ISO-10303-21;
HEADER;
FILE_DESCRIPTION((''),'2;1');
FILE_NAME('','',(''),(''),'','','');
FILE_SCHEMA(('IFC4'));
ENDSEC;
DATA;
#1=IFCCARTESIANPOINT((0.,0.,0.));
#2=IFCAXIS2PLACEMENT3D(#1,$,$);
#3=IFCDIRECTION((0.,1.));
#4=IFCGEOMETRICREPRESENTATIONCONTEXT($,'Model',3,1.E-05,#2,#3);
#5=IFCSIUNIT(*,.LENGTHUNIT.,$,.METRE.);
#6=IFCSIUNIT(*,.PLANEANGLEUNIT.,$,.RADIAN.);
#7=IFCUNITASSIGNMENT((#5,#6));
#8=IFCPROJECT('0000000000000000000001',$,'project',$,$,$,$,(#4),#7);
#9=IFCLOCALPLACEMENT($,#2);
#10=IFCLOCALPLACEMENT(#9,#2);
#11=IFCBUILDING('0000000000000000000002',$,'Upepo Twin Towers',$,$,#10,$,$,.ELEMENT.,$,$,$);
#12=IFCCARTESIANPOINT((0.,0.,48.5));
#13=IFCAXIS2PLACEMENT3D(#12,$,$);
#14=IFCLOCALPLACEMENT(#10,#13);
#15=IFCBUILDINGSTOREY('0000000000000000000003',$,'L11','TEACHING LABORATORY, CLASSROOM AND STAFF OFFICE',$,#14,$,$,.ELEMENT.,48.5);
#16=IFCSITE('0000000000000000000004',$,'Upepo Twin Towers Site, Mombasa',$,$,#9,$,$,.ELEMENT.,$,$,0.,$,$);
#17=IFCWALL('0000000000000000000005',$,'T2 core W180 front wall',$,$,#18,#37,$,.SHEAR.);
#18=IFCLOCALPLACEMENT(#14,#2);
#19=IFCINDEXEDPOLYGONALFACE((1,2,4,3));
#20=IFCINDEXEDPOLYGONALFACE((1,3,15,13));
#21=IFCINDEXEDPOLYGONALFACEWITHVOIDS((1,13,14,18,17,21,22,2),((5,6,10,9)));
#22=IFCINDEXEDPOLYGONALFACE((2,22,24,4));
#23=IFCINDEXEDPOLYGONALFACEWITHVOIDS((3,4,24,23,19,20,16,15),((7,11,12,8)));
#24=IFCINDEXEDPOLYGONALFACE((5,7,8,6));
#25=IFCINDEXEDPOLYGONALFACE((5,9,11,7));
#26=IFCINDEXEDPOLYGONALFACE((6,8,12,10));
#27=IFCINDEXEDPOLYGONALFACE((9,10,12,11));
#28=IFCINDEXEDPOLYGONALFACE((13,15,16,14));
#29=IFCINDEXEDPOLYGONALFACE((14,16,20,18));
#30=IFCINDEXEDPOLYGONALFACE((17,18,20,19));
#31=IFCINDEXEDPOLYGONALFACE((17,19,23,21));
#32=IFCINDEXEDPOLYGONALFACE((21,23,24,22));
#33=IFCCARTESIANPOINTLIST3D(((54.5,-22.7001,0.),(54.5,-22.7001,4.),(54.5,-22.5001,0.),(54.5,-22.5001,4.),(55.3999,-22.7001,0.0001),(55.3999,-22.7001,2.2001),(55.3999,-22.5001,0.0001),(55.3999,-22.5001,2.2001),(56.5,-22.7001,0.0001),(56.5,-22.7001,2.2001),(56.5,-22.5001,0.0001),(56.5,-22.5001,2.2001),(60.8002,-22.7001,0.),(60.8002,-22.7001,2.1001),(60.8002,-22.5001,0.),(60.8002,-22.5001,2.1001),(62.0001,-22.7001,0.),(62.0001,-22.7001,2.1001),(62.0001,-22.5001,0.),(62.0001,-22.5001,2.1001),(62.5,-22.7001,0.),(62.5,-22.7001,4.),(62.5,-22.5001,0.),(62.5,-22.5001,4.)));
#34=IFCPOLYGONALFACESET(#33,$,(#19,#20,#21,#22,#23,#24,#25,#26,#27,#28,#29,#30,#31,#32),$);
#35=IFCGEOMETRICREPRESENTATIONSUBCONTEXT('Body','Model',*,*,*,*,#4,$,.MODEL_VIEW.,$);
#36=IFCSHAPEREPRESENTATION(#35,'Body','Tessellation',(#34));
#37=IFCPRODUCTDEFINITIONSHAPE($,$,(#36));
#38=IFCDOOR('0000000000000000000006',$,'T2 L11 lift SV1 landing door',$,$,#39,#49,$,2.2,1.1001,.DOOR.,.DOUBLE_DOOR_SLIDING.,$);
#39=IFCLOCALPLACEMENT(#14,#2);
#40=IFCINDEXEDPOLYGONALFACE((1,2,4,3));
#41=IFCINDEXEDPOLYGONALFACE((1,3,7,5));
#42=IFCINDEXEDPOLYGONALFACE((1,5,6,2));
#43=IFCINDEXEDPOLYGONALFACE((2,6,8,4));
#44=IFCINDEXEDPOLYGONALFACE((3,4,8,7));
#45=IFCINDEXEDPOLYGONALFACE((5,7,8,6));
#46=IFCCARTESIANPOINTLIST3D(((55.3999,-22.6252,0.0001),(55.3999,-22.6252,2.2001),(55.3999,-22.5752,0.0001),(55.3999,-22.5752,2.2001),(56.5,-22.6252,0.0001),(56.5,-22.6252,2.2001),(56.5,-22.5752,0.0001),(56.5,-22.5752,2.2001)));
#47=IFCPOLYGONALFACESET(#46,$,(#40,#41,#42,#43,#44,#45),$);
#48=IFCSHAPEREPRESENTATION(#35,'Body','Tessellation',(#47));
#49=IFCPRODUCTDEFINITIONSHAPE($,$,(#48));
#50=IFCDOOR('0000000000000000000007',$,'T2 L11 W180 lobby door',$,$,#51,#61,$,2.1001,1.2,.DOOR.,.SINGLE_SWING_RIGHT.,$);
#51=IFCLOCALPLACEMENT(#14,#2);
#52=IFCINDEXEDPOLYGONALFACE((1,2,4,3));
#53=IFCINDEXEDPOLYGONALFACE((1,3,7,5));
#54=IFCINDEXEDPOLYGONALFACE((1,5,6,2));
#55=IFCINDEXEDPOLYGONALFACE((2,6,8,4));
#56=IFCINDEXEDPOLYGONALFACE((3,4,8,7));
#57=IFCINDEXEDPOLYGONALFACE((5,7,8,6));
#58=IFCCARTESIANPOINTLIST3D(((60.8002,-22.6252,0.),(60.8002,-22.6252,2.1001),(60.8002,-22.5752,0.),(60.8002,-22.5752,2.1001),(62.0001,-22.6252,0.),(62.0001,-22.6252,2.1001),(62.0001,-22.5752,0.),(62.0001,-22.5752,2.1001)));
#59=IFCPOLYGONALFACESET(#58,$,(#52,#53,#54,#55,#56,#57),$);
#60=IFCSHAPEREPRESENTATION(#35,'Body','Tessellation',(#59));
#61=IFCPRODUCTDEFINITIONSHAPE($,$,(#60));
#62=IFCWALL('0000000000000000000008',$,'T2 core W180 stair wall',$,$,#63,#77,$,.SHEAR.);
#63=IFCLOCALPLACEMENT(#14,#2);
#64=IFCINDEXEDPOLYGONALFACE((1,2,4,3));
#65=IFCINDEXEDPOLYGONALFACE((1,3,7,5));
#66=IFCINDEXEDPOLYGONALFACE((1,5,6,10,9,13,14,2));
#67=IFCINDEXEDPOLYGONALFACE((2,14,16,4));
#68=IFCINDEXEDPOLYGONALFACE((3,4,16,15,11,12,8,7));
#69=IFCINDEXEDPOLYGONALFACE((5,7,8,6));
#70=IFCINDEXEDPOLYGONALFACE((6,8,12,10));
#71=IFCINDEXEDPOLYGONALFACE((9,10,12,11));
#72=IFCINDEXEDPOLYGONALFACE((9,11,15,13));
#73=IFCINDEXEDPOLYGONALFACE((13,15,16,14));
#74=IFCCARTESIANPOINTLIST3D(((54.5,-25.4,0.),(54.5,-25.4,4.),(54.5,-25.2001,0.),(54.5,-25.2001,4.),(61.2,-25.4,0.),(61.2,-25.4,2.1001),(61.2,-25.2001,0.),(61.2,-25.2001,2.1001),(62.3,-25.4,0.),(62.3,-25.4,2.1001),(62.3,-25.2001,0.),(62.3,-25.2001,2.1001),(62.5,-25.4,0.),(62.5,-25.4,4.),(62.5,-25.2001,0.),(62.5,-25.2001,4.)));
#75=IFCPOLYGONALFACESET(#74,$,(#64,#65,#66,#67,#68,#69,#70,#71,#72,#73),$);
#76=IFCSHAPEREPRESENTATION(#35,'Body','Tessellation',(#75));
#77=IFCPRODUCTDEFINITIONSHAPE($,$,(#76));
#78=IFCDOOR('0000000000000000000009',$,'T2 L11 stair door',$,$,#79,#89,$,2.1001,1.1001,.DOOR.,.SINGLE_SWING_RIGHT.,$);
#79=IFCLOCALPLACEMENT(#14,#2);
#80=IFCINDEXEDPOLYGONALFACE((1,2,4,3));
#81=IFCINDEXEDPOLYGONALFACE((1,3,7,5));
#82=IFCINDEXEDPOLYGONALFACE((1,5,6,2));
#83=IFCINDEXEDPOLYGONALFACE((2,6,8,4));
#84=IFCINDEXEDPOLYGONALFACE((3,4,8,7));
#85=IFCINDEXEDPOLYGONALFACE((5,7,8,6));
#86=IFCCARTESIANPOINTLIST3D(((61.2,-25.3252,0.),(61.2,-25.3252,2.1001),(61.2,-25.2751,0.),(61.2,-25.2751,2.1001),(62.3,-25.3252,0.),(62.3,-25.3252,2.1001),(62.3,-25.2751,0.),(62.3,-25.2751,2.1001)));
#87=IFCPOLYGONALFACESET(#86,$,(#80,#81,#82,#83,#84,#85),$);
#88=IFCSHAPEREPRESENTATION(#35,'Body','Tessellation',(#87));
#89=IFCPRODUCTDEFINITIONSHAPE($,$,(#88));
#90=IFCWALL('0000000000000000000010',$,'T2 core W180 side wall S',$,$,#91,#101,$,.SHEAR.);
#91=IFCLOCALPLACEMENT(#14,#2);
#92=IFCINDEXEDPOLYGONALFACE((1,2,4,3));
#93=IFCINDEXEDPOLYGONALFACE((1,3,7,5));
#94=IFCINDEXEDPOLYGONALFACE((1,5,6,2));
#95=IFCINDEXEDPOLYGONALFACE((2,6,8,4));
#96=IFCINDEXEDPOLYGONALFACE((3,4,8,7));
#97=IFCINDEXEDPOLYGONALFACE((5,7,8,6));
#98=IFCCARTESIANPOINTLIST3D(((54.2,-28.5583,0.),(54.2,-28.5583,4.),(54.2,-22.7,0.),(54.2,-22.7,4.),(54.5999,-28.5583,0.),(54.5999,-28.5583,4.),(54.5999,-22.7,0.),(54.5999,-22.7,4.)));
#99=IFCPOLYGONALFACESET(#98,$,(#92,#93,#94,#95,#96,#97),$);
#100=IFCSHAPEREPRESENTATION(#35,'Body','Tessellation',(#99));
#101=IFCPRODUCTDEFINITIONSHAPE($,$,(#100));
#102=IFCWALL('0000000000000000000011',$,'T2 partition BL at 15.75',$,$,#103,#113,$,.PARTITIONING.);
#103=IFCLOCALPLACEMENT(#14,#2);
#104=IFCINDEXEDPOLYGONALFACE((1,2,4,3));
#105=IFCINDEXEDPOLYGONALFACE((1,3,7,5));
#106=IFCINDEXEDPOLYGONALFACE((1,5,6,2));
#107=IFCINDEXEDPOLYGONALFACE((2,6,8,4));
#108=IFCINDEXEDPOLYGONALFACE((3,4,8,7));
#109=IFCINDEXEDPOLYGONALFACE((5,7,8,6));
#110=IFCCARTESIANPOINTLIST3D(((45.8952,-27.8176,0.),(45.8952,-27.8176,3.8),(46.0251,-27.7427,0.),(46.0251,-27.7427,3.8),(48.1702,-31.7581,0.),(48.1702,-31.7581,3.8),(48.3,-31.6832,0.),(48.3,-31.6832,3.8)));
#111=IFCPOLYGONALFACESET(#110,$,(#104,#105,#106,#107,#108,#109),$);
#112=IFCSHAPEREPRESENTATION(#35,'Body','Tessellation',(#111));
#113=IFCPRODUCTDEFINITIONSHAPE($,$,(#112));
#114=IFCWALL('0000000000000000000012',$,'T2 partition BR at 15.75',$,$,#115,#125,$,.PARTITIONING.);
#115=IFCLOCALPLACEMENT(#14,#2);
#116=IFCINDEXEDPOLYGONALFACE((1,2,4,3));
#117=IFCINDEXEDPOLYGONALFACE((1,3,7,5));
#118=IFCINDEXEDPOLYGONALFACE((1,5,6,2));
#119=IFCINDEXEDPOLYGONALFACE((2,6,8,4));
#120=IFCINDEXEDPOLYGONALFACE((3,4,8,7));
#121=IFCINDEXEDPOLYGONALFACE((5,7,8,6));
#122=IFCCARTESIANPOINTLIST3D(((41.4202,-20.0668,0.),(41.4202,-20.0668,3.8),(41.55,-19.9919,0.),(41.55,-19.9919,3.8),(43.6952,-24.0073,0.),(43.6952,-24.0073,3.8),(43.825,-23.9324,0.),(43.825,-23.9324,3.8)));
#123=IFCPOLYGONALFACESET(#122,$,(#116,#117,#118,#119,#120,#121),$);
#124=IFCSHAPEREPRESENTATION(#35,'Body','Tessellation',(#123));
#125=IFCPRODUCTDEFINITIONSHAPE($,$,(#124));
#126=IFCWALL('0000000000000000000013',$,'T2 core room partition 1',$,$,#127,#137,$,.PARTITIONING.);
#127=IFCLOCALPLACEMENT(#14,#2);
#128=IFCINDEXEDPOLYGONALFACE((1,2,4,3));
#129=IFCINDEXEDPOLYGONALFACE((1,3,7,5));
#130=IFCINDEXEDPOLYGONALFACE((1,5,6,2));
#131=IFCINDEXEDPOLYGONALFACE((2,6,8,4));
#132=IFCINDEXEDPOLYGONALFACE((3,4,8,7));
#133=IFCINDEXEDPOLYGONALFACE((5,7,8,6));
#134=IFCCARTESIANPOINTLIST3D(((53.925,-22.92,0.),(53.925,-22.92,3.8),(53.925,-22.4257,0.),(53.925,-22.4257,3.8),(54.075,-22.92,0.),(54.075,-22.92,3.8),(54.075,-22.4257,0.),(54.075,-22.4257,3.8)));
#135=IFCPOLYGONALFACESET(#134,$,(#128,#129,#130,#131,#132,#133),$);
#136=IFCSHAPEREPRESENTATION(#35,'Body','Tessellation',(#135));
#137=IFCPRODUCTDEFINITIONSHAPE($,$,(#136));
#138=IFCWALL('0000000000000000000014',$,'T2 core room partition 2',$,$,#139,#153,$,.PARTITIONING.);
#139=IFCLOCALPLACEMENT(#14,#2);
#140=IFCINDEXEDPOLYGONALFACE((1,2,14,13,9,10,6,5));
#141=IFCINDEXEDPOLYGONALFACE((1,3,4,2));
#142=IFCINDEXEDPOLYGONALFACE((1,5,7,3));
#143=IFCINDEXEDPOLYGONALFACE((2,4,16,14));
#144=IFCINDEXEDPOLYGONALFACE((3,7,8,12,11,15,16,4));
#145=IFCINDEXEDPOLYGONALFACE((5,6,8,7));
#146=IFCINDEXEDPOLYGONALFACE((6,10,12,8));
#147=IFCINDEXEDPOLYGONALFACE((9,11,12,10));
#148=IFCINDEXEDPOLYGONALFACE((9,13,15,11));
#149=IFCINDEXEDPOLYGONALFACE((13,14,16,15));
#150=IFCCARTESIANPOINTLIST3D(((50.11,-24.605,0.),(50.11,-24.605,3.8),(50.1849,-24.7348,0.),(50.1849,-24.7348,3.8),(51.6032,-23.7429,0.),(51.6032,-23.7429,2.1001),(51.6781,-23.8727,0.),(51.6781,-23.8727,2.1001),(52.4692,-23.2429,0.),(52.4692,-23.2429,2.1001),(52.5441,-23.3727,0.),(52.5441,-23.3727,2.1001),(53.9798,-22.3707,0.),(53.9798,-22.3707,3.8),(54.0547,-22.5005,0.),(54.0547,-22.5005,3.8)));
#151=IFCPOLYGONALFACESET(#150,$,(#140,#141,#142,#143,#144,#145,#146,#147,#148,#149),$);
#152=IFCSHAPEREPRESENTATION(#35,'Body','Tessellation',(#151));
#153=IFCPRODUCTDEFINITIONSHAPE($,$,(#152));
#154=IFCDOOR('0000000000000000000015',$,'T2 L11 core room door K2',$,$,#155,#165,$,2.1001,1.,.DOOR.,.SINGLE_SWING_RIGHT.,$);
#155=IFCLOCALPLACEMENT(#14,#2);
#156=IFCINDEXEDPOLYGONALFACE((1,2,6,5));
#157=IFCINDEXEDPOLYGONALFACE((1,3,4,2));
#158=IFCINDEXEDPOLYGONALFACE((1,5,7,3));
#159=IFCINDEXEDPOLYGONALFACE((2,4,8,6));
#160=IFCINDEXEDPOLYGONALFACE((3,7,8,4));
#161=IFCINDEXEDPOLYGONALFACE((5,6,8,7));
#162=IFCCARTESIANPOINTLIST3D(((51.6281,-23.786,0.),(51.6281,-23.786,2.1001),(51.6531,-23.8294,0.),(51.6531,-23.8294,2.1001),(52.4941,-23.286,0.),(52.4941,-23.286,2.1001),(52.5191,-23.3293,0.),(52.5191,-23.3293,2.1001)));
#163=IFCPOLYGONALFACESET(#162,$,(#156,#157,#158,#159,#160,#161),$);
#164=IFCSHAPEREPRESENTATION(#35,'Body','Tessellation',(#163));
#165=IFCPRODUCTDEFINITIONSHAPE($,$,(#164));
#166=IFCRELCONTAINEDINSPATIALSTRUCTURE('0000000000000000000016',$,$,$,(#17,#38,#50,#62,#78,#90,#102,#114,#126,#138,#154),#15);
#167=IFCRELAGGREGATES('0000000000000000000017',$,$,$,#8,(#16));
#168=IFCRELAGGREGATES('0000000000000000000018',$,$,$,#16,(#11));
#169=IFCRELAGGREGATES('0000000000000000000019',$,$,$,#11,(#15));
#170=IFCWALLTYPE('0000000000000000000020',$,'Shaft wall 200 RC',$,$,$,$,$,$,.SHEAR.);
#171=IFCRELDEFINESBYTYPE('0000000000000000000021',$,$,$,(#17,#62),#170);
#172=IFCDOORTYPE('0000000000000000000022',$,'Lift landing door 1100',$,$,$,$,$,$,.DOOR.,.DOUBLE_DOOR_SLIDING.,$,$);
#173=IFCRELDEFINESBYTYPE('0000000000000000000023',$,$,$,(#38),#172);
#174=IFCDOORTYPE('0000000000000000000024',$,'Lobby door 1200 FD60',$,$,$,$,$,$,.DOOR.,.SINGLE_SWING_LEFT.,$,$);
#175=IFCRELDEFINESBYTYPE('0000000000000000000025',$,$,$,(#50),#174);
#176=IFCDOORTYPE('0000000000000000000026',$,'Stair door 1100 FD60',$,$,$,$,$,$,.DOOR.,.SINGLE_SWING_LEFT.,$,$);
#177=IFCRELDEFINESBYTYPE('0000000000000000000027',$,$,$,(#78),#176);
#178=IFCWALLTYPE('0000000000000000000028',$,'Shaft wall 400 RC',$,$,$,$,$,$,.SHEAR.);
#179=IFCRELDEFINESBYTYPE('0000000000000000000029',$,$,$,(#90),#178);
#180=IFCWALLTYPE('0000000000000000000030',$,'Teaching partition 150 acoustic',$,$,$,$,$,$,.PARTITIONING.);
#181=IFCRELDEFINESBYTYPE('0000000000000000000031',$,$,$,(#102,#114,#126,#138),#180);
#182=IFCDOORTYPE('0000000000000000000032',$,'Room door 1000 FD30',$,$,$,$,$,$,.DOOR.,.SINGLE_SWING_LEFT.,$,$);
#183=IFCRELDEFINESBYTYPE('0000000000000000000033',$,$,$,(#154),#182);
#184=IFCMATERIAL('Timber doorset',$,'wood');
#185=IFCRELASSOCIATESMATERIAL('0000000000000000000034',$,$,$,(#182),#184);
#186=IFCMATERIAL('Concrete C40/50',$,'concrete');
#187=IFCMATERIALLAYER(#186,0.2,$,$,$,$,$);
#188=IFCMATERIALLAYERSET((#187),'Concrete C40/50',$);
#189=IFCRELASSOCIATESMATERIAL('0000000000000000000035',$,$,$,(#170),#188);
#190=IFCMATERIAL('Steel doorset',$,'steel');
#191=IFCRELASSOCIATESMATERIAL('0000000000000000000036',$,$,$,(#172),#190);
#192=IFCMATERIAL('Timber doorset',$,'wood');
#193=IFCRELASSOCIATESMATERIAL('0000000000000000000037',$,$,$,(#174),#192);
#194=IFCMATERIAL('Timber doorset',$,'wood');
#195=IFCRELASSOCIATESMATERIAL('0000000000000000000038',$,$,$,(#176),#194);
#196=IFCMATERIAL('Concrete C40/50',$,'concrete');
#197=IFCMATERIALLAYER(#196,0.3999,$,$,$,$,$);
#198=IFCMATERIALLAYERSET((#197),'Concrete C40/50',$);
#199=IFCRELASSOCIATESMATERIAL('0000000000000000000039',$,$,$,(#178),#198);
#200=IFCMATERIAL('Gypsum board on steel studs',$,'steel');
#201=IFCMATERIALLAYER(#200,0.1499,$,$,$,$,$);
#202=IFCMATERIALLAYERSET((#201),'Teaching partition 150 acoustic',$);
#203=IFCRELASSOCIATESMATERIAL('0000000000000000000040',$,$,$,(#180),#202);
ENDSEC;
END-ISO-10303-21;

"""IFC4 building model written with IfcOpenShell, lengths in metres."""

from ifc_helpers import new_model, si_unit, direction, frame, frame_2d, origin, place, context, subcontext, project, spatial, rectangle, extrude, material, layer, layer_set, type_object, element, fill, save


model = new_model("IFC4")

# Units and contexts
model_context = context("Model", 3, precision=1e-05, world=origin(), true_north=direction((0.0, 1.0)))
body_context = subcontext(model_context, "Body", "Model", "MODEL_VIEW")
ifc_project = project(units=[si_unit("LENGTHUNIT", "METRE"), si_unit("PLANEANGLEUNIT", "RADIAN")], contexts=[model_context])

# Site, building, storey
site_placement = place(None, origin())
site = spatial("IfcSite", under=ifc_project, at=site_placement, Name="Upepo Twin Towers Site, Mombasa", CompositionType="ELEMENT", RefElevation=0.0)
building_placement = place(site_placement, origin())
building = spatial("IfcBuilding", under=site, at=building_placement, Name="Upepo Twin Towers", CompositionType="ELEMENT")
storey_placement = place(building_placement, frame((0.0, 0.0, 48.5)))
storey = spatial("IfcBuildingStorey", under=building, at=storey_placement, Name="L11", Description="TEACHING LABORATORY, CLASSROOM AND STAFF OFFICE", CompositionType="ELEMENT", Elevation=48.5)

# Shared definitions
ifc_material_1 = material(Name="Timber doorset", Category="wood")
door_type_1 = type_object("IfcDoorType", Name="Room door 1000 FD30", OperationType="SINGLE_SWING_LEFT", PredefinedType="DOOR", material=ifc_material_1)

# Wall, openings, doors
ifc_material_2 = material(Name="Concrete C40/50", Category="concrete")
ifc_layer_1 = layer(ifc_material_2, 0.2)
ifc_layer_set_1 = layer_set([ifc_layer_1], Name="Concrete C40/50")
wall_type_1 = type_object("IfcWallType", Name="Shaft wall 200 RC", PredefinedType="SHEAR", material=ifc_layer_set_1)
wall_1_placement = place(storey_placement, frame((54.5, -22.6001, 0.0), z_axis=(0.0, 0.0, 1.0), x_axis=(1.0, 0.0, 0.0)))
wall_1 = element("IfcWall", 1, at=wall_1_placement, inside=storey, type_object=wall_type_1, Name="T2 core W180 front wall", PredefinedType="SHEAR", context=body_context, shape_type="SweptSolid", body=[
    extrude(rectangle(XDim=8.0, YDim=0.2, at=frame_2d((4.0, 0.0))), origin(), (0.0, 0.0, 1.0), 4.0),
])
opening_1_placement = place(wall_1_placement, frame((6.3, 0.0, 0.0)))
opening_1 = element("IfcOpeningElement", 2, at=opening_1_placement, cuts=wall_1, PredefinedType="OPENING", context=body_context, shape_type="SweptSolid", body=[
    extrude(rectangle(XDim=1.2, YDim=2.1001, at=frame_2d((0.6001, 1.05))), frame((0.0, 0.1099, 0.0), z_axis=(0.0, -1.0, 0.0), x_axis=(1.0, 0.0, 0.0)), (0.0, 0.0, 1.0), 0.22),
])
opening_2_placement = place(wall_1_placement, frame((0.8999, 0.0, 0.0)))
opening_2 = element("IfcOpeningElement", 3, at=opening_2_placement, cuts=wall_1, PredefinedType="OPENING", context=body_context, shape_type="SweptSolid", body=[
    extrude(rectangle(XDim=1.1001, YDim=2.2, at=frame_2d((0.55, 1.1001))), frame((0.0, 0.1099, 0.0), z_axis=(0.0, -1.0, 0.0), x_axis=(1.0, 0.0, 0.0)), (0.0, 0.0, 1.0), 0.22),
])
ifc_material_3 = material(Name="Steel doorset", Category="steel")
door_type_2 = type_object("IfcDoorType", Name="Lift landing door 1100", OperationType="DOUBLE_DOOR_SLIDING", PredefinedType="DOOR", material=ifc_material_3)
door_1_placement = place(opening_2_placement, origin())
door_1 = element("IfcDoor", 4, at=door_1_placement, inside=storey, type_object=door_type_2, Name="T2 L11 lift SV1 landing door", OperationType="DOUBLE_DOOR_SLIDING", OverallHeight=2.2, OverallWidth=1.1001, PredefinedType="DOOR", context=body_context, shape_type="SweptSolid", body=[
    extrude(rectangle(XDim=1.1001, YDim=2.2, at=frame_2d((0.55, 1.1001))), frame((0.0, 0.0249, 0.0), z_axis=(0.0, -1.0, 0.0), x_axis=(1.0, 0.0, 0.0)), (0.0, 0.0, 1.0), 0.05),
])
fill(opening_2, door_1)
ifc_material_4 = material(Name="Timber doorset", Category="wood")
door_type_3 = type_object("IfcDoorType", Name="Lobby door 1200 FD60", OperationType="SINGLE_SWING_LEFT", PredefinedType="DOOR", material=ifc_material_4)
door_2_placement = place(opening_1_placement, origin())
door_2 = element("IfcDoor", 5, at=door_2_placement, inside=storey, type_object=door_type_3, Name="T2 L11 W180 lobby door", OperationType="SINGLE_SWING_RIGHT", OverallHeight=2.1001, OverallWidth=1.2, PredefinedType="DOOR", context=body_context, shape_type="SweptSolid", body=[
    extrude(rectangle(XDim=1.2, YDim=2.1001, at=frame_2d((0.6001, 1.05))), frame((0.0, 0.0249, 0.0), z_axis=(0.0, -1.0, 0.0), x_axis=(1.0, 0.0, 0.0)), (0.0, 0.0, 1.0), 0.05),
])
fill(opening_1, door_2)

# Wall, opening, door
wall_2_placement = place(storey_placement, frame((54.5, -25.3, 0.0), z_axis=(0.0, 0.0, 1.0), x_axis=(1.0, 0.0, 0.0)))
wall_2 = element("IfcWall", 6, at=wall_2_placement, inside=storey, type_object=wall_type_1, Name="T2 core W180 stair wall", PredefinedType="SHEAR", context=body_context, shape_type="SweptSolid", body=[
    extrude(rectangle(XDim=8.0, YDim=0.2, at=frame_2d((4.0, 0.0))), origin(), (0.0, 0.0, 1.0), 4.0),
])
opening_3_placement = place(wall_2_placement, frame((6.7, 0.0, 0.0)))
opening_3 = element("IfcOpeningElement", 7, at=opening_3_placement, cuts=wall_2, PredefinedType="OPENING", context=body_context, shape_type="SweptSolid", body=[
    extrude(rectangle(XDim=1.1001, YDim=2.1001, at=frame_2d((0.55, 1.05))), frame((0.0, 0.1099, 0.0), z_axis=(0.0, -1.0, 0.0), x_axis=(1.0, 0.0, 0.0)), (0.0, 0.0, 1.0), 0.22),
])
ifc_material_5 = material(Name="Timber doorset", Category="wood")
door_type_4 = type_object("IfcDoorType", Name="Stair door 1100 FD60", OperationType="SINGLE_SWING_LEFT", PredefinedType="DOOR", material=ifc_material_5)
door_3_placement = place(opening_3_placement, origin())
door_3 = element("IfcDoor", 8, at=door_3_placement, inside=storey, type_object=door_type_4, Name="T2 L11 stair door", OperationType="SINGLE_SWING_RIGHT", OverallHeight=2.1001, OverallWidth=1.1001, PredefinedType="DOOR", context=body_context, shape_type="SweptSolid", body=[
    extrude(rectangle(XDim=1.1001, YDim=2.1001, at=frame_2d((0.55, 1.05))), frame((0.0, 0.0249, 0.0), z_axis=(0.0, -1.0, 0.0), x_axis=(1.0, 0.0, 0.0)), (0.0, 0.0, 1.0), 0.05),
])
fill(opening_3, door_3)

# Walls
ifc_material_6 = material(Name="Concrete C40/50", Category="concrete")
ifc_layer_2 = layer(ifc_material_6, 0.3999)
ifc_layer_set_2 = layer_set([ifc_layer_2], Name="Concrete C40/50")
wall_type_2 = type_object("IfcWallType", Name="Shaft wall 400 RC", PredefinedType="SHEAR", material=ifc_layer_set_2)
wall_3_placement = place(storey_placement, frame((54.3999, -22.7, 0.0), z_axis=(0.0, 0.0, 1.0), x_axis=(0.0, -1.0, 0.0)))
element("IfcWall", 9, at=wall_3_placement, inside=storey, type_object=wall_type_2, Name="T2 core W180 side wall S", PredefinedType="SHEAR", context=body_context, shape_type="SweptSolid", body=[
    extrude(rectangle(XDim=5.8584, YDim=0.3999, at=frame_2d((2.9292, 0.0))), origin(), (0.0, 0.0, 1.0), 4.0),
])
ifc_material_7 = material(Name="Gypsum board on steel studs", Category="steel")
ifc_layer_3 = layer(ifc_material_7, 0.1499)
ifc_layer_set_3 = layer_set([ifc_layer_3], Name="Teaching partition 150 acoustic")
wall_type_3 = type_object("IfcWallType", Name="Teaching partition 150 acoustic", PredefinedType="PARTITIONING", material=ifc_layer_set_3)
for number, where, z_axis, x_axis, name in (
    (10, (45.9602, -27.7803, 0.0), (0.0, 0.0, 1.0), (0.499983, -0.866035, 0.0), "T2 partition BL at 15.75"),
    (11, (43.76, -23.9697, 0.0), (0.0, 0.0, 1.0), (-0.499983, 0.866035, 0.0), "T2 partition BR at 15.75"),
):
    element("IfcWall", number, at=place(storey_placement, frame(where, z_axis=z_axis, x_axis=x_axis)), inside=storey, type_object=wall_type_3, Name=name, PredefinedType="PARTITIONING", context=body_context, shape_type="SweptSolid", body=[
        extrude(rectangle(XDim=4.55, YDim=0.1499, at=frame_2d((2.2749, 0.0))), origin(), (0.0, 0.0, 1.0), 3.8),
    ])
wall_4_placement = place(storey_placement, frame((54.0, -22.9199, 0.0), z_axis=(0.0, 0.0, 1.0), x_axis=(0.0, 1.0, 0.0)))
element("IfcWall", 12, at=wall_4_placement, inside=storey, type_object=wall_type_3, Name="T2 core room partition 1", PredefinedType="PARTITIONING", context=body_context, shape_type="SweptSolid", body=[
    extrude(rectangle(XDim=0.4944, YDim=0.1499, at=frame_2d((0.2471, 0.0))), origin(), (0.0, 0.0, 1.0), 3.8),
])

# Wall, opening, door
wall_5_placement = place(storey_placement, frame((54.0173, -22.4355, 0.0), z_axis=(0.0, 0.0, 1.0), x_axis=(-0.866015, -0.500017, 0.0)))
wall_5 = element("IfcWall", 13, at=wall_5_placement, inside=storey, type_object=wall_type_3, Name="T2 core room partition 2", PredefinedType="PARTITIONING", context=body_context, shape_type="SweptSolid", body=[
    extrude(rectangle(XDim=4.4685, YDim=0.1499, at=frame_2d((2.2344, 0.0))), origin(), (0.0, 0.0, 1.0), 3.8),
])
opening_4_placement = place(wall_5_placement, frame((1.7444, 0.0, 0.0)))
opening_4 = element("IfcOpeningElement", 14, at=opening_4_placement, cuts=wall_5, PredefinedType="OPENING", context=body_context, shape_type="SweptSolid", body=[
    extrude(rectangle(XDim=1.0, YDim=2.1001, at=frame_2d((0.5, 1.05))), frame((0.0, 0.085, 0.0), z_axis=(0.0, -1.0, 0.0), x_axis=(1.0, 0.0, 0.0)), (0.0, 0.0, 1.0), 0.1699),
])
door_4_placement = place(opening_4_placement, origin())
door_4 = element("IfcDoor", 15, at=door_4_placement, inside=storey, type_object=door_type_1, Name="T2 L11 core room door K2", OperationType="SINGLE_SWING_RIGHT", OverallHeight=2.1001, OverallWidth=1.0, PredefinedType="DOOR", context=body_context, shape_type="SweptSolid", body=[
    extrude(rectangle(XDim=1.0, YDim=2.1001, at=frame_2d((0.5, 1.05))), frame((0.0, 0.0249, 0.0), z_axis=(0.0, -1.0, 0.0), x_axis=(1.0, 0.0, 0.0)), (0.0, 0.0, 1.0), 0.05),
])
fill(opening_4, door_4)

save(model, "model.ifc")
